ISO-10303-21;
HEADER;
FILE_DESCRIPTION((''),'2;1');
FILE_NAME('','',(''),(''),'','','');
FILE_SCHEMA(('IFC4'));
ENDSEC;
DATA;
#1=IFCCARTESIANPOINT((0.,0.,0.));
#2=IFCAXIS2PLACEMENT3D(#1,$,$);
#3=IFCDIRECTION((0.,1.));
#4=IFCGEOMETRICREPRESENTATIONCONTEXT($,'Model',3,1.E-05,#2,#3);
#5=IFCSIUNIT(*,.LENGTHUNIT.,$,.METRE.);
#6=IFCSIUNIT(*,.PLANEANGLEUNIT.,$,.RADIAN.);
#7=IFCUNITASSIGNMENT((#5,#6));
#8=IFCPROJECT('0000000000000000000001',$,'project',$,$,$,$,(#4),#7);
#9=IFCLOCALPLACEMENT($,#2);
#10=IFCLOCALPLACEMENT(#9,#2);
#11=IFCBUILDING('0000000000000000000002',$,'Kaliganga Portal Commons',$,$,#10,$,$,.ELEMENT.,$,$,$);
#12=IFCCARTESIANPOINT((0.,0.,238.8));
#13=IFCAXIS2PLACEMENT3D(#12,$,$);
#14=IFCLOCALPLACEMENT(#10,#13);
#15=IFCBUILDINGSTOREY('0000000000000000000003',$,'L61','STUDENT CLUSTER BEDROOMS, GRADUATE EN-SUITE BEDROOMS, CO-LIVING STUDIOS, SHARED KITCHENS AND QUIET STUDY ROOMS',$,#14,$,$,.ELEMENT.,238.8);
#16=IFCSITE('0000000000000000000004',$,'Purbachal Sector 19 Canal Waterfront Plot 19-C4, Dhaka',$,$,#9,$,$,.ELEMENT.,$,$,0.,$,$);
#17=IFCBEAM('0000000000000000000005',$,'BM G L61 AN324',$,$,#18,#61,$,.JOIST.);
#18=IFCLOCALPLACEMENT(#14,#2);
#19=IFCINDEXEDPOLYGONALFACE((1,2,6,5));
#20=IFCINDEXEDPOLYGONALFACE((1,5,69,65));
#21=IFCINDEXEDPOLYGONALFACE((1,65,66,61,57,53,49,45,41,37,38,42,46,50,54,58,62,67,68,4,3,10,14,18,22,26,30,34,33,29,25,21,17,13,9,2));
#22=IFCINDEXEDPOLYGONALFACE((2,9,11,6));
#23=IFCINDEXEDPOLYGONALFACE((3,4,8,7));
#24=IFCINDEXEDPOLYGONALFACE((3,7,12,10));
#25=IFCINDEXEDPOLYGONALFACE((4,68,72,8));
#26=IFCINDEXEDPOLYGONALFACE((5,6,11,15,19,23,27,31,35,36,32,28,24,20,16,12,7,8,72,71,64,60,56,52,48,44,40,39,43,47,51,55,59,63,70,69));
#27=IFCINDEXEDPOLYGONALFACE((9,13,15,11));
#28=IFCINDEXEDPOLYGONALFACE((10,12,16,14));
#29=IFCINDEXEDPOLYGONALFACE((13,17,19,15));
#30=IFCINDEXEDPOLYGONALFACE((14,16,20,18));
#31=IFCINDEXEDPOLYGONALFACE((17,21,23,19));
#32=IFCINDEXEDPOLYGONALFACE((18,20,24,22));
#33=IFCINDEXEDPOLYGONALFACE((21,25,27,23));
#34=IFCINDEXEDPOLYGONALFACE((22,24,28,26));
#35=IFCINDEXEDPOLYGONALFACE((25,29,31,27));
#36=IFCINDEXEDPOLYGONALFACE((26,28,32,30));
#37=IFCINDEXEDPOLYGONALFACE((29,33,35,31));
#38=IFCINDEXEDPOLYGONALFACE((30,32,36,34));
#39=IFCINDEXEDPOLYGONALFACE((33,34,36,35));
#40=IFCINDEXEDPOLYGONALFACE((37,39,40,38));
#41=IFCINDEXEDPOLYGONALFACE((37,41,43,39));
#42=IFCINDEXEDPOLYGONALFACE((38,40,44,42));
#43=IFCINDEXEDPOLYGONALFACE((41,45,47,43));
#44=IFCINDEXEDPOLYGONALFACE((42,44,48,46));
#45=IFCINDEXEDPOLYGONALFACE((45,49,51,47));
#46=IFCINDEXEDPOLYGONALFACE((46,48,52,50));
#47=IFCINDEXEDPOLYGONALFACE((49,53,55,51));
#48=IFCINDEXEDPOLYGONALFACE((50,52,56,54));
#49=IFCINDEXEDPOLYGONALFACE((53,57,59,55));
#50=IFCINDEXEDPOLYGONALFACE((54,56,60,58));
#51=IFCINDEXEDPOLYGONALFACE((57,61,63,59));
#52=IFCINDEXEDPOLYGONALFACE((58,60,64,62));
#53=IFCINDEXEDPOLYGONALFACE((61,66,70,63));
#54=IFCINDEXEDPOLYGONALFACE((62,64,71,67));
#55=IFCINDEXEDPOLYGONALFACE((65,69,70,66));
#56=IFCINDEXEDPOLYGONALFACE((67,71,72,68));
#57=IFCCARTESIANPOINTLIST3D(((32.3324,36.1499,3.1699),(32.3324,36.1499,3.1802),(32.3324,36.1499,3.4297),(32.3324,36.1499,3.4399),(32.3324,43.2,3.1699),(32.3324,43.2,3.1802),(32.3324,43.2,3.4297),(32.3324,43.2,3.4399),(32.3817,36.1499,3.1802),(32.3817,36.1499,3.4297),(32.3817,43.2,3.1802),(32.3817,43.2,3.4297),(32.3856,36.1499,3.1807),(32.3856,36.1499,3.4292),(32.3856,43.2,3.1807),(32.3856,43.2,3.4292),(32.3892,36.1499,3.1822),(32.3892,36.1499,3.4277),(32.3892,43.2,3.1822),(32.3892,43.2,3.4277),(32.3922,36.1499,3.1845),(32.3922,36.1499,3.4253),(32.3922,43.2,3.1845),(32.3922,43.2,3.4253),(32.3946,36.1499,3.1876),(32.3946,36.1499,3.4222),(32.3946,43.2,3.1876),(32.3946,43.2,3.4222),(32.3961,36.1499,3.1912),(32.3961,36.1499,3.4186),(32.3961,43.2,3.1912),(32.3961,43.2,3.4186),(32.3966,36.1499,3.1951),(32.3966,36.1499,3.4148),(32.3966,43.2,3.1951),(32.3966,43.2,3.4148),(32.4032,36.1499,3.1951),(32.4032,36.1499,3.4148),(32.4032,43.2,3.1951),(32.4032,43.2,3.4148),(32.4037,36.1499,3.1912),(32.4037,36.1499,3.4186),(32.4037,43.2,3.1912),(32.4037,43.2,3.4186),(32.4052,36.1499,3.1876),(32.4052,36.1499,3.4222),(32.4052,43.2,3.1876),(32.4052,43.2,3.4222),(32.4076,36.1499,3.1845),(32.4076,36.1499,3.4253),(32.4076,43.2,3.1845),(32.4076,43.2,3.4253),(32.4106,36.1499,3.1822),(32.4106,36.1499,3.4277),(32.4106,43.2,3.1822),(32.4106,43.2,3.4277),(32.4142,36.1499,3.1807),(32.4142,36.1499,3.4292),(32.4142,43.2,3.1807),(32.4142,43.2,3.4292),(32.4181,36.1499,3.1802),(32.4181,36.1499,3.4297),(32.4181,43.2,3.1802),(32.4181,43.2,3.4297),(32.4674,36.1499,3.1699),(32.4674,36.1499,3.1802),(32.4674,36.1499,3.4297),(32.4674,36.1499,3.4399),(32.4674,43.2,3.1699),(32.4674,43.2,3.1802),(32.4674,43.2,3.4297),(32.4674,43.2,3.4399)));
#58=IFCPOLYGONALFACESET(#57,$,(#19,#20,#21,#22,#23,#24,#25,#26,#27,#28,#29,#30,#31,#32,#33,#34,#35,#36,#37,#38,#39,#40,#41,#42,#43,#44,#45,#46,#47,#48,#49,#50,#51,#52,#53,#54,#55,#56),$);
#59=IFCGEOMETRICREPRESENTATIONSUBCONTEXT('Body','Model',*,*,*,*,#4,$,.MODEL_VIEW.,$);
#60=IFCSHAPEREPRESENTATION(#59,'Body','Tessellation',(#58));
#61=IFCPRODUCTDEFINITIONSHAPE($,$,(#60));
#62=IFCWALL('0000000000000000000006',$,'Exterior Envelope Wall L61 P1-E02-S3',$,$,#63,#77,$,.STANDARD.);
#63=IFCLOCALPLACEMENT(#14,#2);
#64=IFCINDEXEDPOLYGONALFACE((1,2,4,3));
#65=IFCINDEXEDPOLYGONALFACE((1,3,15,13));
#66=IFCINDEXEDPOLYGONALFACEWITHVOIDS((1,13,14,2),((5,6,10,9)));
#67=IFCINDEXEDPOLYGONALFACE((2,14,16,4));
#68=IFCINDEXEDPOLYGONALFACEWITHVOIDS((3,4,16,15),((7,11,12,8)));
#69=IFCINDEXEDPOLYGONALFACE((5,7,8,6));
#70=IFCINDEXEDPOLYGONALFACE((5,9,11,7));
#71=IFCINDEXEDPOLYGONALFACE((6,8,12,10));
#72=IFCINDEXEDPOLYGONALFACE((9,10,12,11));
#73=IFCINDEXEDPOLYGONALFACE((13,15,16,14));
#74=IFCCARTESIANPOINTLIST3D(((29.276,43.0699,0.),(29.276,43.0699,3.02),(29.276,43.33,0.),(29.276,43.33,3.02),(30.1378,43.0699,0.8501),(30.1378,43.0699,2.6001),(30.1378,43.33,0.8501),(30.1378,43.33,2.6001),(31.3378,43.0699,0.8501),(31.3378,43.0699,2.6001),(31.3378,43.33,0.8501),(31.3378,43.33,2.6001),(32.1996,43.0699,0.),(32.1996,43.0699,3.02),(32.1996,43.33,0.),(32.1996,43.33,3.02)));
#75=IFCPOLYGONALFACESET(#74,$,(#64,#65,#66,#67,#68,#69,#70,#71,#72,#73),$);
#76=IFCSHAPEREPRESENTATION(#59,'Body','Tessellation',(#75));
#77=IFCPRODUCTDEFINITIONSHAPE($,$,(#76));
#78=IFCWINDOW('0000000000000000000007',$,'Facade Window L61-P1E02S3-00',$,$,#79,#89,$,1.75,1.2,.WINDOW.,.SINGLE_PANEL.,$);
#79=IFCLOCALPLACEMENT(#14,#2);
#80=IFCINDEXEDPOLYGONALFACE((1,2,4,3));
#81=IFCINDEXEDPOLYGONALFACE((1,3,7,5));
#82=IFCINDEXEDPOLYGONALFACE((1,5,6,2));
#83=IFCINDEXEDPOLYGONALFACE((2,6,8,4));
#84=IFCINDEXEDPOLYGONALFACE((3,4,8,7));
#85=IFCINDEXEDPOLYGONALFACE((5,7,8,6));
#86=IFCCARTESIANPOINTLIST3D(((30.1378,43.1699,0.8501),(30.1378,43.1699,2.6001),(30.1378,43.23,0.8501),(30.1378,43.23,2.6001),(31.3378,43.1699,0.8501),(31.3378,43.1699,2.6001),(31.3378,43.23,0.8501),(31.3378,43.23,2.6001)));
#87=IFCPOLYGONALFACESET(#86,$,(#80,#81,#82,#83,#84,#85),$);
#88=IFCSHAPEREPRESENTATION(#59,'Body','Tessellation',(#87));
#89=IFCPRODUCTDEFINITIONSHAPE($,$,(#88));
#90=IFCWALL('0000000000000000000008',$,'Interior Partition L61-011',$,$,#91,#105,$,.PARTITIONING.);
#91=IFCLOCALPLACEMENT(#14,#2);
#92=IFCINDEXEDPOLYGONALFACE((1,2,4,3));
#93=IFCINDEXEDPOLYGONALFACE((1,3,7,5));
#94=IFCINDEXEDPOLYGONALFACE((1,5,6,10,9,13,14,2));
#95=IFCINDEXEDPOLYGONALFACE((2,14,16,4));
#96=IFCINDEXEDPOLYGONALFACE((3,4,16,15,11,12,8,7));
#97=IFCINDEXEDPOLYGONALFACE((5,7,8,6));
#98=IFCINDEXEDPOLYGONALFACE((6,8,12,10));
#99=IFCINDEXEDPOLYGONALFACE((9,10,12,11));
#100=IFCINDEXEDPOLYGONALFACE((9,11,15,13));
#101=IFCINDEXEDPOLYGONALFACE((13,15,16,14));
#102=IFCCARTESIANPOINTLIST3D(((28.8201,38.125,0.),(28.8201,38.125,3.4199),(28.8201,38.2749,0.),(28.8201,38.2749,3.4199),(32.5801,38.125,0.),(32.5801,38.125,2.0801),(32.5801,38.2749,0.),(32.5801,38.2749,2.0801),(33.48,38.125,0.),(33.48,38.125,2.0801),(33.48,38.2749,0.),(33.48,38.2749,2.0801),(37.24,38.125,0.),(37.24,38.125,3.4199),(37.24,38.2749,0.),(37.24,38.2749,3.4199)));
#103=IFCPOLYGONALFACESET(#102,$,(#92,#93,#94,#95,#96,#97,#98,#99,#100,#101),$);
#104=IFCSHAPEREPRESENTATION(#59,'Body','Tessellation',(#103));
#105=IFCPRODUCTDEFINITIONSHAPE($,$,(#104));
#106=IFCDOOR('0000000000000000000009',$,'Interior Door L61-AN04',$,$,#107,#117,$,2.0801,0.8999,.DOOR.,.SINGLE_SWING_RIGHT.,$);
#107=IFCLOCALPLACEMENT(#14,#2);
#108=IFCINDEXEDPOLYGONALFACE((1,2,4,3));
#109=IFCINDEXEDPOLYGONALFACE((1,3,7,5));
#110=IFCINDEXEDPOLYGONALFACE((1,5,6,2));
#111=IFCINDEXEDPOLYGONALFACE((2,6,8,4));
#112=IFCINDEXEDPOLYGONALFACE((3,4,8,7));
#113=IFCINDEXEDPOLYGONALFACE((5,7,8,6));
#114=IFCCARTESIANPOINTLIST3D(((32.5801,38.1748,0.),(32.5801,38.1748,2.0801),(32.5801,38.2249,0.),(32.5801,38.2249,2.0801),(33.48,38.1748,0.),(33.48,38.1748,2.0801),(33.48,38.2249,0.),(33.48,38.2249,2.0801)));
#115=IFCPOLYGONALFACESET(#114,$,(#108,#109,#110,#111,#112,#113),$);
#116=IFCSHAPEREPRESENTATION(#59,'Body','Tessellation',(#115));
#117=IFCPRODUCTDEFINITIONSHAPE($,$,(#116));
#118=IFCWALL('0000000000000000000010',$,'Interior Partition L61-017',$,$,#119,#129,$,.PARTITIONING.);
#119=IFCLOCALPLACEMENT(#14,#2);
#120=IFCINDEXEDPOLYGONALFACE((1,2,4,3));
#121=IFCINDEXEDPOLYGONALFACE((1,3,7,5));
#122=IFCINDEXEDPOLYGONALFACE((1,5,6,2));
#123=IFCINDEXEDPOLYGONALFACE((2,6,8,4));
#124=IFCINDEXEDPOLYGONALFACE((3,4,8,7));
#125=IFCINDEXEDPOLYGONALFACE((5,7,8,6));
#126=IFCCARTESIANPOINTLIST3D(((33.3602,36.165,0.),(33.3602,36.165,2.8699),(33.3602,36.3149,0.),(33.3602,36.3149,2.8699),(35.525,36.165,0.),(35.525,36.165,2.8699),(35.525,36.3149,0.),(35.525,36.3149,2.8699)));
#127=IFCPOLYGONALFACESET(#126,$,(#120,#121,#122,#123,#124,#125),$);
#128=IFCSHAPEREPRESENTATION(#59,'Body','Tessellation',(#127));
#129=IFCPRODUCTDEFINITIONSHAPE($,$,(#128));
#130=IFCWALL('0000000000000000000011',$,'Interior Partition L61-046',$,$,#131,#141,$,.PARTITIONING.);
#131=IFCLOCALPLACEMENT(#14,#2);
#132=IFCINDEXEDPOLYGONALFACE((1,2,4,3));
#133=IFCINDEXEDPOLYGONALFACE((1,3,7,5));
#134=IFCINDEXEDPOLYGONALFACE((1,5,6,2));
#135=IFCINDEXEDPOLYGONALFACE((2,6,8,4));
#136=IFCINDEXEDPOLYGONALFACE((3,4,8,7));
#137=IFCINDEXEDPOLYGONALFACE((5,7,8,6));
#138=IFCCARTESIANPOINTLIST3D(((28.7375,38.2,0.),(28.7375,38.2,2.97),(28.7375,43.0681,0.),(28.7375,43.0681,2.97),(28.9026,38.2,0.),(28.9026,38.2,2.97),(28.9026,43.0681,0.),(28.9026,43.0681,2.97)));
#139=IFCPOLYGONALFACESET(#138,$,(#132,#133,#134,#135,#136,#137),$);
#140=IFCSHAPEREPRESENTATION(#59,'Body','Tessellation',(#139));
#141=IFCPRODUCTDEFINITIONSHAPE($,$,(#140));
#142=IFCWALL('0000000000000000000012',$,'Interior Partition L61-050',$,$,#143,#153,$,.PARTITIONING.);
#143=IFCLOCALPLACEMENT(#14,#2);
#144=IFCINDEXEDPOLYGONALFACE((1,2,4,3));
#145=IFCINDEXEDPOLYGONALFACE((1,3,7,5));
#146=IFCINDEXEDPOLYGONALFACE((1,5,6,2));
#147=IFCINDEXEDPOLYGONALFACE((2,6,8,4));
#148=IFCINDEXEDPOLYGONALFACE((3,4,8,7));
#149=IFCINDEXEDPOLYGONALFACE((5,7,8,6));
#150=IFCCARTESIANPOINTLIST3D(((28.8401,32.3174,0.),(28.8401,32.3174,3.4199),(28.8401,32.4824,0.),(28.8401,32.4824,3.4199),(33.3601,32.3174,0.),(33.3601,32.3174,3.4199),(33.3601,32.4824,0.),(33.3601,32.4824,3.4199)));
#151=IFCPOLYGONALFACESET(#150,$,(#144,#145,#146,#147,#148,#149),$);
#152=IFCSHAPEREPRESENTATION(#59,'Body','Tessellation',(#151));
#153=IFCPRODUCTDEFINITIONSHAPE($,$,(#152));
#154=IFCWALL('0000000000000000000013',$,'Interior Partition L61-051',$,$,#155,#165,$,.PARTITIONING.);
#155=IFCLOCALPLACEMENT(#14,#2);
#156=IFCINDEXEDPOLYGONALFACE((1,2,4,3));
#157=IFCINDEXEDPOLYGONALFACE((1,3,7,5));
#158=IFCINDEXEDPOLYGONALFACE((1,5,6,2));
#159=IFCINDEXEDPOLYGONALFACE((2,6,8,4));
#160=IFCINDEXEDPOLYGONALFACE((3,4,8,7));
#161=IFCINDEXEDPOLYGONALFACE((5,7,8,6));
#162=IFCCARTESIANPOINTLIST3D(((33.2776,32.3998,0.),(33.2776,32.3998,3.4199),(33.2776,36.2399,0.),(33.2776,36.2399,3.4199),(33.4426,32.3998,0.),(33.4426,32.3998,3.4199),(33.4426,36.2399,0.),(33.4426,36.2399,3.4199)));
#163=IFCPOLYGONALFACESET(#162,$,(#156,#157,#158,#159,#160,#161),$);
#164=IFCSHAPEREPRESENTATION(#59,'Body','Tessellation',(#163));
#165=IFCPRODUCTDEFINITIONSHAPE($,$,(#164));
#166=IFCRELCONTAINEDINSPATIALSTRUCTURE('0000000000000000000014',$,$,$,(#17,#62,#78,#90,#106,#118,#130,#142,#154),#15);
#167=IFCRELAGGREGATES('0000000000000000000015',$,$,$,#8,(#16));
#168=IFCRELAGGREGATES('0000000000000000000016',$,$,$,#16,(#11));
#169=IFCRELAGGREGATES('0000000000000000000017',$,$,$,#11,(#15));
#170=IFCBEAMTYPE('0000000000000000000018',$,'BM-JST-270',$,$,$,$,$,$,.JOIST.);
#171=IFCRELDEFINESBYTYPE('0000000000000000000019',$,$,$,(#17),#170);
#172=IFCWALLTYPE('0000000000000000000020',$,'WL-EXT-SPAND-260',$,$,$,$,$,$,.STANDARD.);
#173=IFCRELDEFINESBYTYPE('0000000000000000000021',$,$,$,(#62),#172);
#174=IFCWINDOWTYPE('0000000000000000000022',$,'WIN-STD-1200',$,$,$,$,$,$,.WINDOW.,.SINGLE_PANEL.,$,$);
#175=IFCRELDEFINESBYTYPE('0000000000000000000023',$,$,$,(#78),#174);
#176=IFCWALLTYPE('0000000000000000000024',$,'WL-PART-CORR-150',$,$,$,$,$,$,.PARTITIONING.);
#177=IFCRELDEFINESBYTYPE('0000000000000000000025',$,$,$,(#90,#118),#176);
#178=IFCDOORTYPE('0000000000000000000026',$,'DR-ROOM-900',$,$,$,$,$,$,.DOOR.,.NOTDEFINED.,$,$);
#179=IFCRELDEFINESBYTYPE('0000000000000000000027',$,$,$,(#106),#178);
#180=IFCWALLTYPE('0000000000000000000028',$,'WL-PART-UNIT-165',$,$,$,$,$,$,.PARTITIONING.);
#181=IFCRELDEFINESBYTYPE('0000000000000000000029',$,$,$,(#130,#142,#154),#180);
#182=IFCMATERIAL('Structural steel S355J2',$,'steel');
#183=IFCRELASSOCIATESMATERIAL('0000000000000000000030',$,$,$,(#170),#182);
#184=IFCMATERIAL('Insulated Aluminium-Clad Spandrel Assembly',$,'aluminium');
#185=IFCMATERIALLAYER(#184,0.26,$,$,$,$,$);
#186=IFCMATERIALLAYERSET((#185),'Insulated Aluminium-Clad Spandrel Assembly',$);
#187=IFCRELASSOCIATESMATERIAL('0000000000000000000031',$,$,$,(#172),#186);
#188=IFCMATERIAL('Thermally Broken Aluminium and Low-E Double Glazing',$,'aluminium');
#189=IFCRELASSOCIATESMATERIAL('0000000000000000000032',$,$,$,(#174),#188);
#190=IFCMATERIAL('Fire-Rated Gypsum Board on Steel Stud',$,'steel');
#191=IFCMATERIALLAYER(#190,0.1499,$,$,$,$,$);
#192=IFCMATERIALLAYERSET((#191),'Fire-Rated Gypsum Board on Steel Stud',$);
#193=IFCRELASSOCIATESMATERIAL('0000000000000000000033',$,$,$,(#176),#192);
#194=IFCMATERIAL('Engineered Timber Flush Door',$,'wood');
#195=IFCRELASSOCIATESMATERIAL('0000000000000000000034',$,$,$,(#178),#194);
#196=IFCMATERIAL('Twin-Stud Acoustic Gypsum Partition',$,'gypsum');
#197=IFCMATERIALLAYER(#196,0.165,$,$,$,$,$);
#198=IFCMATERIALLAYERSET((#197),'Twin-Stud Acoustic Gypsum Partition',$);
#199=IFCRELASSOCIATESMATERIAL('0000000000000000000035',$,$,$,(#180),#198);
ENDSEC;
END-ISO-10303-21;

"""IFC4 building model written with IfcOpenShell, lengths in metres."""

from ifc_helpers import new_model, si_unit, direction, frame, frame_2d, origin, origin_2d, place, context, subcontext, project, spatial, rectangle, i_section, extrude, source, transform, mapped, material, layer, layer_set, material_profile, profile_set, type_object, element, fill, save


model = new_model("IFC4")

# Units and contexts
model_context = context("Model", 3, precision=1e-05, world=origin(), true_north=direction((0.0, 1.0)))
body_context = subcontext(model_context, "Body", "Model", "MODEL_VIEW")
ifc_project = project(units=[si_unit("LENGTHUNIT", "METRE"), si_unit("PLANEANGLEUNIT", "RADIAN")], contexts=[model_context])

# Site, building, storey
site_placement = place(None, origin())
site = spatial("IfcSite", under=ifc_project, at=site_placement, Name="Purbachal Sector 19 Canal Waterfront Plot 19-C4, Dhaka", CompositionType="ELEMENT", RefElevation=0.0)
building_placement = place(site_placement, origin())
building = spatial("IfcBuilding", under=site, at=building_placement, Name="Kaliganga Portal Commons", CompositionType="ELEMENT")
storey_placement = place(building_placement, frame((0.0, 0.0, 238.8)))
storey = spatial("IfcBuildingStorey", under=building, at=storey_placement, Name="L61", Description="STUDENT CLUSTER BEDROOMS, GRADUATE EN-SUITE BEDROOMS, CO-LIVING STUDIOS, SHARED KITCHENS AND QUIET STUDY ROOMS", CompositionType="ELEMENT", Elevation=238.8)

# Shared definitions
ifc_material_1 = material(Name="Structural steel S355J2", Category="steel")

# Beam
ifc_material_profile_1 = material_profile(ifc_material_1, i_section(OverallWidth=0.135, OverallDepth=0.27, WebThickness=0.0066, FlangeThickness=0.0103, FilletRadius=0.0149, at=origin_2d()), Name="IPE 270")
ifc_profile_set_1 = profile_set([ifc_material_profile_1], Name="Structural steel S355J2 wide-flange")
beam_type_1 = type_object("IfcBeamType", Name="BM-JST-270", PredefinedType="JOIST", material=ifc_profile_set_1)
shared_shape_1 = source(origin(), body_context, "Body", "SweptSolid", [
    extrude(i_section(OverallWidth=0.135, OverallDepth=0.27, WebThickness=0.0066, FlangeThickness=0.0103, FilletRadius=0.0149, at=origin_2d()), origin(), (0.0, 0.0, 1.0), 7.05),
])
beam_1_placement = place(storey_placement, frame((32.3999, 36.1499, 3.3049), z_axis=(0.0, 1.0, 0.0), x_axis=(-1.0, 0.0, 0.0)))
element("IfcBeam", 1, at=beam_1_placement, inside=storey, type_object=beam_type_1, Name="BM G L61 AN324", PredefinedType="JOIST", context=body_context, shape_type="MappedRepresentation", body=[
    mapped(shared_shape_1, transform((0.0, 0.0, 0.0), x_axis=(1.0, 0.0, 0.0), y_axis=(0.0, 1.0, 0.0), z_axis=(0.0, 0.0, 1.0), scale=1.0)),
])

# Shared definitions
ifc_material_2 = material(Name="Insulated Aluminium-Clad Spandrel Assembly", Category="aluminium")
ifc_layer_1 = layer(ifc_material_2, 0.26)
ifc_layer_set_1 = layer_set([ifc_layer_1], Name="Insulated Aluminium-Clad Spandrel Assembly")
wall_type_1 = type_object("IfcWallType", Name="WL-EXT-SPAND-260", PredefinedType="STANDARD", material=ifc_layer_set_1)

# Wall, opening, window
wall_1_placement = place(storey_placement, frame((29.2759, 43.2, 0.0), z_axis=(0.0, 0.0, 1.0), x_axis=(1.0, 0.0, 0.0)))
wall_1 = element("IfcWall", 2, at=wall_1_placement, inside=storey, type_object=wall_type_1, Name="Exterior Envelope Wall L61 P1-E02-S3", PredefinedType="STANDARD", context=body_context, shape_type="SweptSolid", body=[
    extrude(rectangle(XDim=2.9236, YDim=0.26, at=frame_2d((1.4619, 0.0))), origin(), (0.0, 0.0, 1.0), 3.02),
])
opening_1_placement = place(wall_1_placement, frame((0.8618, 0.0, 0.8501)))
opening_1 = element("IfcOpeningElement", 3, at=opening_1_placement, cuts=wall_1, PredefinedType="OPENING", context=body_context, shape_type="SweptSolid", body=[
    extrude(rectangle(XDim=1.2, YDim=1.75, at=frame_2d((0.6001, 0.875))), frame((0.0, 0.1401, 0.0), z_axis=(0.0, -1.0, 0.0), x_axis=(1.0, 0.0, 0.0)), (0.0, 0.0, 1.0), 0.28),
])
ifc_material_3 = material(Name="Thermally Broken Aluminium and Low-E Double Glazing", Category="aluminium")
window_type = type_object("IfcWindowType", Name="WIN-STD-1200", PartitioningType="SINGLE_PANEL", PredefinedType="WINDOW", material=ifc_material_3)
window_placement = place(opening_1_placement, origin())
window = element("IfcWindow", 4, at=window_placement, inside=storey, type_object=window_type, Name="Facade Window L61-P1E02S3-00", OverallHeight=1.75, OverallWidth=1.2, PartitioningType="SINGLE_PANEL", PredefinedType="WINDOW", context=body_context, shape_type="SweptSolid", body=[
    extrude(rectangle(XDim=1.2, YDim=1.75, at=frame_2d((0.6001, 0.875))), frame((0.0, 0.03, 0.0), z_axis=(0.0, -1.0, 0.0), x_axis=(1.0, 0.0, 0.0)), (0.0, 0.0, 1.0), 0.0601),
])
fill(opening_1, window)

# Wall, opening, door
ifc_material_4 = material(Name="Fire-Rated Gypsum Board on Steel Stud", Category="steel")
ifc_layer_2 = layer(ifc_material_4, 0.1499)
ifc_layer_set_2 = layer_set([ifc_layer_2], Name="Fire-Rated Gypsum Board on Steel Stud")
wall_type_2 = type_object("IfcWallType", Name="WL-PART-CORR-150", PredefinedType="PARTITIONING", material=ifc_layer_set_2)
wall_2_placement = place(storey_placement, frame((28.8201, 38.2, 0.0), z_axis=(0.0, 0.0, 1.0), x_axis=(1.0, 0.0, 0.0)))
wall_2 = element("IfcWall", 5, at=wall_2_placement, inside=storey, type_object=wall_type_2, Name="Interior Partition L61-011", PredefinedType="PARTITIONING", context=body_context, shape_type="SweptSolid", body=[
    extrude(rectangle(XDim=8.4199, YDim=0.1499, at=frame_2d((4.21, 0.0))), origin(), (0.0, 0.0, 1.0), 3.4199),
])
opening_2_placement = place(wall_2_placement, frame((3.76, 0.0, 0.0)))
opening_2 = element("IfcOpeningElement", 6, at=opening_2_placement, cuts=wall_2, PredefinedType="OPENING", context=body_context, shape_type="SweptSolid", body=[
    extrude(rectangle(XDim=0.8999, YDim=2.0801, at=frame_2d((0.45, 1.04))), frame((0.0, 0.085, 0.0), z_axis=(0.0, -1.0, 0.0), x_axis=(1.0, 0.0, 0.0)), (0.0, 0.0, 1.0), 0.1699),
])
ifc_material_5 = material(Name="Engineered Timber Flush Door", Category="wood")
door_type_1 = type_object("IfcDoorType", Name="DR-ROOM-900", OperationType="NOTDEFINED", PredefinedType="DOOR", material=ifc_material_5)
door_1_placement = place(opening_2_placement, origin())
door_1 = element("IfcDoor", 7, at=door_1_placement, inside=storey, type_object=door_type_1, Name="Interior Door L61-AN04", OperationType="SINGLE_SWING_RIGHT", OverallHeight=2.0801, OverallWidth=0.8999, PredefinedType="DOOR", context=body_context, shape_type="SweptSolid", body=[
    extrude(rectangle(XDim=0.8999, YDim=2.0801, at=frame_2d((0.45, 1.04))), frame((0.0, 0.0249, 0.0), z_axis=(0.0, -1.0, 0.0), x_axis=(1.0, 0.0, 0.0)), (0.0, 0.0, 1.0), 0.05),
])
fill(opening_2, door_1)

# Wall
wall_3_placement = place(storey_placement, frame((33.3601, 36.24, 0.0), z_axis=(0.0, 0.0, 1.0), x_axis=(1.0, 0.0, 0.0)))
element("IfcWall", 8, at=wall_3_placement, inside=storey, type_object=wall_type_2, Name="Interior Partition L61-017", PredefinedType="PARTITIONING", context=body_context, shape_type="SweptSolid", body=[
    extrude(rectangle(XDim=2.1648, YDim=0.1499, at=frame_2d((1.0825, 0.0))), origin(), (0.0, 0.0, 1.0), 2.8699),
])

# Walls
ifc_material_6 = material(Name="Twin-Stud Acoustic Gypsum Partition", Category="gypsum")
ifc_layer_3 = layer(ifc_material_6, 0.165)
ifc_layer_set_3 = layer_set([ifc_layer_3], Name="Twin-Stud Acoustic Gypsum Partition")
wall_type_3 = type_object("IfcWallType", Name="WL-PART-UNIT-165", PredefinedType="PARTITIONING", material=ifc_layer_set_3)
wall_4_placement = place(storey_placement, frame((28.8201, 38.2, 0.0), z_axis=(0.0, 0.0, 1.0), x_axis=(0.0, 1.0, 0.0)))
element("IfcWall", 9, at=wall_4_placement, inside=storey, type_object=wall_type_3, Name="Interior Partition L61-046", PredefinedType="PARTITIONING", context=body_context, shape_type="SweptSolid", body=[
    extrude(rectangle(XDim=4.8682, YDim=0.165, at=frame_2d((2.4341, 0.0))), origin(), (0.0, 0.0, 1.0), 2.97),
])
wall_5_placement = place(storey_placement, frame((28.8401, 32.3999, 0.0), z_axis=(0.0, 0.0, 1.0), x_axis=(1.0, 0.0, 0.0)))
element("IfcWall", 10, at=wall_5_placement, inside=storey, type_object=wall_type_3, Name="Interior Partition L61-050", PredefinedType="PARTITIONING", context=body_context, shape_type="SweptSolid", body=[
    extrude(rectangle(XDim=4.52, YDim=0.165, at=frame_2d((2.26, 0.0))), origin(), (0.0, 0.0, 1.0), 3.4199),
])
wall_6_placement = place(storey_placement, frame((33.3601, 32.3999, 0.0), z_axis=(0.0, 0.0, 1.0), x_axis=(0.0, 1.0, 0.0)))
element("IfcWall", 11, at=wall_6_placement, inside=storey, type_object=wall_type_3, Name="Interior Partition L61-051", PredefinedType="PARTITIONING", context=body_context, shape_type="SweptSolid", body=[
    extrude(rectangle(XDim=3.8401, YDim=0.165, at=frame_2d((1.9199, 0.0))), origin(), (0.0, 0.0, 1.0), 3.4199),
])

save(model, "model.ifc")
